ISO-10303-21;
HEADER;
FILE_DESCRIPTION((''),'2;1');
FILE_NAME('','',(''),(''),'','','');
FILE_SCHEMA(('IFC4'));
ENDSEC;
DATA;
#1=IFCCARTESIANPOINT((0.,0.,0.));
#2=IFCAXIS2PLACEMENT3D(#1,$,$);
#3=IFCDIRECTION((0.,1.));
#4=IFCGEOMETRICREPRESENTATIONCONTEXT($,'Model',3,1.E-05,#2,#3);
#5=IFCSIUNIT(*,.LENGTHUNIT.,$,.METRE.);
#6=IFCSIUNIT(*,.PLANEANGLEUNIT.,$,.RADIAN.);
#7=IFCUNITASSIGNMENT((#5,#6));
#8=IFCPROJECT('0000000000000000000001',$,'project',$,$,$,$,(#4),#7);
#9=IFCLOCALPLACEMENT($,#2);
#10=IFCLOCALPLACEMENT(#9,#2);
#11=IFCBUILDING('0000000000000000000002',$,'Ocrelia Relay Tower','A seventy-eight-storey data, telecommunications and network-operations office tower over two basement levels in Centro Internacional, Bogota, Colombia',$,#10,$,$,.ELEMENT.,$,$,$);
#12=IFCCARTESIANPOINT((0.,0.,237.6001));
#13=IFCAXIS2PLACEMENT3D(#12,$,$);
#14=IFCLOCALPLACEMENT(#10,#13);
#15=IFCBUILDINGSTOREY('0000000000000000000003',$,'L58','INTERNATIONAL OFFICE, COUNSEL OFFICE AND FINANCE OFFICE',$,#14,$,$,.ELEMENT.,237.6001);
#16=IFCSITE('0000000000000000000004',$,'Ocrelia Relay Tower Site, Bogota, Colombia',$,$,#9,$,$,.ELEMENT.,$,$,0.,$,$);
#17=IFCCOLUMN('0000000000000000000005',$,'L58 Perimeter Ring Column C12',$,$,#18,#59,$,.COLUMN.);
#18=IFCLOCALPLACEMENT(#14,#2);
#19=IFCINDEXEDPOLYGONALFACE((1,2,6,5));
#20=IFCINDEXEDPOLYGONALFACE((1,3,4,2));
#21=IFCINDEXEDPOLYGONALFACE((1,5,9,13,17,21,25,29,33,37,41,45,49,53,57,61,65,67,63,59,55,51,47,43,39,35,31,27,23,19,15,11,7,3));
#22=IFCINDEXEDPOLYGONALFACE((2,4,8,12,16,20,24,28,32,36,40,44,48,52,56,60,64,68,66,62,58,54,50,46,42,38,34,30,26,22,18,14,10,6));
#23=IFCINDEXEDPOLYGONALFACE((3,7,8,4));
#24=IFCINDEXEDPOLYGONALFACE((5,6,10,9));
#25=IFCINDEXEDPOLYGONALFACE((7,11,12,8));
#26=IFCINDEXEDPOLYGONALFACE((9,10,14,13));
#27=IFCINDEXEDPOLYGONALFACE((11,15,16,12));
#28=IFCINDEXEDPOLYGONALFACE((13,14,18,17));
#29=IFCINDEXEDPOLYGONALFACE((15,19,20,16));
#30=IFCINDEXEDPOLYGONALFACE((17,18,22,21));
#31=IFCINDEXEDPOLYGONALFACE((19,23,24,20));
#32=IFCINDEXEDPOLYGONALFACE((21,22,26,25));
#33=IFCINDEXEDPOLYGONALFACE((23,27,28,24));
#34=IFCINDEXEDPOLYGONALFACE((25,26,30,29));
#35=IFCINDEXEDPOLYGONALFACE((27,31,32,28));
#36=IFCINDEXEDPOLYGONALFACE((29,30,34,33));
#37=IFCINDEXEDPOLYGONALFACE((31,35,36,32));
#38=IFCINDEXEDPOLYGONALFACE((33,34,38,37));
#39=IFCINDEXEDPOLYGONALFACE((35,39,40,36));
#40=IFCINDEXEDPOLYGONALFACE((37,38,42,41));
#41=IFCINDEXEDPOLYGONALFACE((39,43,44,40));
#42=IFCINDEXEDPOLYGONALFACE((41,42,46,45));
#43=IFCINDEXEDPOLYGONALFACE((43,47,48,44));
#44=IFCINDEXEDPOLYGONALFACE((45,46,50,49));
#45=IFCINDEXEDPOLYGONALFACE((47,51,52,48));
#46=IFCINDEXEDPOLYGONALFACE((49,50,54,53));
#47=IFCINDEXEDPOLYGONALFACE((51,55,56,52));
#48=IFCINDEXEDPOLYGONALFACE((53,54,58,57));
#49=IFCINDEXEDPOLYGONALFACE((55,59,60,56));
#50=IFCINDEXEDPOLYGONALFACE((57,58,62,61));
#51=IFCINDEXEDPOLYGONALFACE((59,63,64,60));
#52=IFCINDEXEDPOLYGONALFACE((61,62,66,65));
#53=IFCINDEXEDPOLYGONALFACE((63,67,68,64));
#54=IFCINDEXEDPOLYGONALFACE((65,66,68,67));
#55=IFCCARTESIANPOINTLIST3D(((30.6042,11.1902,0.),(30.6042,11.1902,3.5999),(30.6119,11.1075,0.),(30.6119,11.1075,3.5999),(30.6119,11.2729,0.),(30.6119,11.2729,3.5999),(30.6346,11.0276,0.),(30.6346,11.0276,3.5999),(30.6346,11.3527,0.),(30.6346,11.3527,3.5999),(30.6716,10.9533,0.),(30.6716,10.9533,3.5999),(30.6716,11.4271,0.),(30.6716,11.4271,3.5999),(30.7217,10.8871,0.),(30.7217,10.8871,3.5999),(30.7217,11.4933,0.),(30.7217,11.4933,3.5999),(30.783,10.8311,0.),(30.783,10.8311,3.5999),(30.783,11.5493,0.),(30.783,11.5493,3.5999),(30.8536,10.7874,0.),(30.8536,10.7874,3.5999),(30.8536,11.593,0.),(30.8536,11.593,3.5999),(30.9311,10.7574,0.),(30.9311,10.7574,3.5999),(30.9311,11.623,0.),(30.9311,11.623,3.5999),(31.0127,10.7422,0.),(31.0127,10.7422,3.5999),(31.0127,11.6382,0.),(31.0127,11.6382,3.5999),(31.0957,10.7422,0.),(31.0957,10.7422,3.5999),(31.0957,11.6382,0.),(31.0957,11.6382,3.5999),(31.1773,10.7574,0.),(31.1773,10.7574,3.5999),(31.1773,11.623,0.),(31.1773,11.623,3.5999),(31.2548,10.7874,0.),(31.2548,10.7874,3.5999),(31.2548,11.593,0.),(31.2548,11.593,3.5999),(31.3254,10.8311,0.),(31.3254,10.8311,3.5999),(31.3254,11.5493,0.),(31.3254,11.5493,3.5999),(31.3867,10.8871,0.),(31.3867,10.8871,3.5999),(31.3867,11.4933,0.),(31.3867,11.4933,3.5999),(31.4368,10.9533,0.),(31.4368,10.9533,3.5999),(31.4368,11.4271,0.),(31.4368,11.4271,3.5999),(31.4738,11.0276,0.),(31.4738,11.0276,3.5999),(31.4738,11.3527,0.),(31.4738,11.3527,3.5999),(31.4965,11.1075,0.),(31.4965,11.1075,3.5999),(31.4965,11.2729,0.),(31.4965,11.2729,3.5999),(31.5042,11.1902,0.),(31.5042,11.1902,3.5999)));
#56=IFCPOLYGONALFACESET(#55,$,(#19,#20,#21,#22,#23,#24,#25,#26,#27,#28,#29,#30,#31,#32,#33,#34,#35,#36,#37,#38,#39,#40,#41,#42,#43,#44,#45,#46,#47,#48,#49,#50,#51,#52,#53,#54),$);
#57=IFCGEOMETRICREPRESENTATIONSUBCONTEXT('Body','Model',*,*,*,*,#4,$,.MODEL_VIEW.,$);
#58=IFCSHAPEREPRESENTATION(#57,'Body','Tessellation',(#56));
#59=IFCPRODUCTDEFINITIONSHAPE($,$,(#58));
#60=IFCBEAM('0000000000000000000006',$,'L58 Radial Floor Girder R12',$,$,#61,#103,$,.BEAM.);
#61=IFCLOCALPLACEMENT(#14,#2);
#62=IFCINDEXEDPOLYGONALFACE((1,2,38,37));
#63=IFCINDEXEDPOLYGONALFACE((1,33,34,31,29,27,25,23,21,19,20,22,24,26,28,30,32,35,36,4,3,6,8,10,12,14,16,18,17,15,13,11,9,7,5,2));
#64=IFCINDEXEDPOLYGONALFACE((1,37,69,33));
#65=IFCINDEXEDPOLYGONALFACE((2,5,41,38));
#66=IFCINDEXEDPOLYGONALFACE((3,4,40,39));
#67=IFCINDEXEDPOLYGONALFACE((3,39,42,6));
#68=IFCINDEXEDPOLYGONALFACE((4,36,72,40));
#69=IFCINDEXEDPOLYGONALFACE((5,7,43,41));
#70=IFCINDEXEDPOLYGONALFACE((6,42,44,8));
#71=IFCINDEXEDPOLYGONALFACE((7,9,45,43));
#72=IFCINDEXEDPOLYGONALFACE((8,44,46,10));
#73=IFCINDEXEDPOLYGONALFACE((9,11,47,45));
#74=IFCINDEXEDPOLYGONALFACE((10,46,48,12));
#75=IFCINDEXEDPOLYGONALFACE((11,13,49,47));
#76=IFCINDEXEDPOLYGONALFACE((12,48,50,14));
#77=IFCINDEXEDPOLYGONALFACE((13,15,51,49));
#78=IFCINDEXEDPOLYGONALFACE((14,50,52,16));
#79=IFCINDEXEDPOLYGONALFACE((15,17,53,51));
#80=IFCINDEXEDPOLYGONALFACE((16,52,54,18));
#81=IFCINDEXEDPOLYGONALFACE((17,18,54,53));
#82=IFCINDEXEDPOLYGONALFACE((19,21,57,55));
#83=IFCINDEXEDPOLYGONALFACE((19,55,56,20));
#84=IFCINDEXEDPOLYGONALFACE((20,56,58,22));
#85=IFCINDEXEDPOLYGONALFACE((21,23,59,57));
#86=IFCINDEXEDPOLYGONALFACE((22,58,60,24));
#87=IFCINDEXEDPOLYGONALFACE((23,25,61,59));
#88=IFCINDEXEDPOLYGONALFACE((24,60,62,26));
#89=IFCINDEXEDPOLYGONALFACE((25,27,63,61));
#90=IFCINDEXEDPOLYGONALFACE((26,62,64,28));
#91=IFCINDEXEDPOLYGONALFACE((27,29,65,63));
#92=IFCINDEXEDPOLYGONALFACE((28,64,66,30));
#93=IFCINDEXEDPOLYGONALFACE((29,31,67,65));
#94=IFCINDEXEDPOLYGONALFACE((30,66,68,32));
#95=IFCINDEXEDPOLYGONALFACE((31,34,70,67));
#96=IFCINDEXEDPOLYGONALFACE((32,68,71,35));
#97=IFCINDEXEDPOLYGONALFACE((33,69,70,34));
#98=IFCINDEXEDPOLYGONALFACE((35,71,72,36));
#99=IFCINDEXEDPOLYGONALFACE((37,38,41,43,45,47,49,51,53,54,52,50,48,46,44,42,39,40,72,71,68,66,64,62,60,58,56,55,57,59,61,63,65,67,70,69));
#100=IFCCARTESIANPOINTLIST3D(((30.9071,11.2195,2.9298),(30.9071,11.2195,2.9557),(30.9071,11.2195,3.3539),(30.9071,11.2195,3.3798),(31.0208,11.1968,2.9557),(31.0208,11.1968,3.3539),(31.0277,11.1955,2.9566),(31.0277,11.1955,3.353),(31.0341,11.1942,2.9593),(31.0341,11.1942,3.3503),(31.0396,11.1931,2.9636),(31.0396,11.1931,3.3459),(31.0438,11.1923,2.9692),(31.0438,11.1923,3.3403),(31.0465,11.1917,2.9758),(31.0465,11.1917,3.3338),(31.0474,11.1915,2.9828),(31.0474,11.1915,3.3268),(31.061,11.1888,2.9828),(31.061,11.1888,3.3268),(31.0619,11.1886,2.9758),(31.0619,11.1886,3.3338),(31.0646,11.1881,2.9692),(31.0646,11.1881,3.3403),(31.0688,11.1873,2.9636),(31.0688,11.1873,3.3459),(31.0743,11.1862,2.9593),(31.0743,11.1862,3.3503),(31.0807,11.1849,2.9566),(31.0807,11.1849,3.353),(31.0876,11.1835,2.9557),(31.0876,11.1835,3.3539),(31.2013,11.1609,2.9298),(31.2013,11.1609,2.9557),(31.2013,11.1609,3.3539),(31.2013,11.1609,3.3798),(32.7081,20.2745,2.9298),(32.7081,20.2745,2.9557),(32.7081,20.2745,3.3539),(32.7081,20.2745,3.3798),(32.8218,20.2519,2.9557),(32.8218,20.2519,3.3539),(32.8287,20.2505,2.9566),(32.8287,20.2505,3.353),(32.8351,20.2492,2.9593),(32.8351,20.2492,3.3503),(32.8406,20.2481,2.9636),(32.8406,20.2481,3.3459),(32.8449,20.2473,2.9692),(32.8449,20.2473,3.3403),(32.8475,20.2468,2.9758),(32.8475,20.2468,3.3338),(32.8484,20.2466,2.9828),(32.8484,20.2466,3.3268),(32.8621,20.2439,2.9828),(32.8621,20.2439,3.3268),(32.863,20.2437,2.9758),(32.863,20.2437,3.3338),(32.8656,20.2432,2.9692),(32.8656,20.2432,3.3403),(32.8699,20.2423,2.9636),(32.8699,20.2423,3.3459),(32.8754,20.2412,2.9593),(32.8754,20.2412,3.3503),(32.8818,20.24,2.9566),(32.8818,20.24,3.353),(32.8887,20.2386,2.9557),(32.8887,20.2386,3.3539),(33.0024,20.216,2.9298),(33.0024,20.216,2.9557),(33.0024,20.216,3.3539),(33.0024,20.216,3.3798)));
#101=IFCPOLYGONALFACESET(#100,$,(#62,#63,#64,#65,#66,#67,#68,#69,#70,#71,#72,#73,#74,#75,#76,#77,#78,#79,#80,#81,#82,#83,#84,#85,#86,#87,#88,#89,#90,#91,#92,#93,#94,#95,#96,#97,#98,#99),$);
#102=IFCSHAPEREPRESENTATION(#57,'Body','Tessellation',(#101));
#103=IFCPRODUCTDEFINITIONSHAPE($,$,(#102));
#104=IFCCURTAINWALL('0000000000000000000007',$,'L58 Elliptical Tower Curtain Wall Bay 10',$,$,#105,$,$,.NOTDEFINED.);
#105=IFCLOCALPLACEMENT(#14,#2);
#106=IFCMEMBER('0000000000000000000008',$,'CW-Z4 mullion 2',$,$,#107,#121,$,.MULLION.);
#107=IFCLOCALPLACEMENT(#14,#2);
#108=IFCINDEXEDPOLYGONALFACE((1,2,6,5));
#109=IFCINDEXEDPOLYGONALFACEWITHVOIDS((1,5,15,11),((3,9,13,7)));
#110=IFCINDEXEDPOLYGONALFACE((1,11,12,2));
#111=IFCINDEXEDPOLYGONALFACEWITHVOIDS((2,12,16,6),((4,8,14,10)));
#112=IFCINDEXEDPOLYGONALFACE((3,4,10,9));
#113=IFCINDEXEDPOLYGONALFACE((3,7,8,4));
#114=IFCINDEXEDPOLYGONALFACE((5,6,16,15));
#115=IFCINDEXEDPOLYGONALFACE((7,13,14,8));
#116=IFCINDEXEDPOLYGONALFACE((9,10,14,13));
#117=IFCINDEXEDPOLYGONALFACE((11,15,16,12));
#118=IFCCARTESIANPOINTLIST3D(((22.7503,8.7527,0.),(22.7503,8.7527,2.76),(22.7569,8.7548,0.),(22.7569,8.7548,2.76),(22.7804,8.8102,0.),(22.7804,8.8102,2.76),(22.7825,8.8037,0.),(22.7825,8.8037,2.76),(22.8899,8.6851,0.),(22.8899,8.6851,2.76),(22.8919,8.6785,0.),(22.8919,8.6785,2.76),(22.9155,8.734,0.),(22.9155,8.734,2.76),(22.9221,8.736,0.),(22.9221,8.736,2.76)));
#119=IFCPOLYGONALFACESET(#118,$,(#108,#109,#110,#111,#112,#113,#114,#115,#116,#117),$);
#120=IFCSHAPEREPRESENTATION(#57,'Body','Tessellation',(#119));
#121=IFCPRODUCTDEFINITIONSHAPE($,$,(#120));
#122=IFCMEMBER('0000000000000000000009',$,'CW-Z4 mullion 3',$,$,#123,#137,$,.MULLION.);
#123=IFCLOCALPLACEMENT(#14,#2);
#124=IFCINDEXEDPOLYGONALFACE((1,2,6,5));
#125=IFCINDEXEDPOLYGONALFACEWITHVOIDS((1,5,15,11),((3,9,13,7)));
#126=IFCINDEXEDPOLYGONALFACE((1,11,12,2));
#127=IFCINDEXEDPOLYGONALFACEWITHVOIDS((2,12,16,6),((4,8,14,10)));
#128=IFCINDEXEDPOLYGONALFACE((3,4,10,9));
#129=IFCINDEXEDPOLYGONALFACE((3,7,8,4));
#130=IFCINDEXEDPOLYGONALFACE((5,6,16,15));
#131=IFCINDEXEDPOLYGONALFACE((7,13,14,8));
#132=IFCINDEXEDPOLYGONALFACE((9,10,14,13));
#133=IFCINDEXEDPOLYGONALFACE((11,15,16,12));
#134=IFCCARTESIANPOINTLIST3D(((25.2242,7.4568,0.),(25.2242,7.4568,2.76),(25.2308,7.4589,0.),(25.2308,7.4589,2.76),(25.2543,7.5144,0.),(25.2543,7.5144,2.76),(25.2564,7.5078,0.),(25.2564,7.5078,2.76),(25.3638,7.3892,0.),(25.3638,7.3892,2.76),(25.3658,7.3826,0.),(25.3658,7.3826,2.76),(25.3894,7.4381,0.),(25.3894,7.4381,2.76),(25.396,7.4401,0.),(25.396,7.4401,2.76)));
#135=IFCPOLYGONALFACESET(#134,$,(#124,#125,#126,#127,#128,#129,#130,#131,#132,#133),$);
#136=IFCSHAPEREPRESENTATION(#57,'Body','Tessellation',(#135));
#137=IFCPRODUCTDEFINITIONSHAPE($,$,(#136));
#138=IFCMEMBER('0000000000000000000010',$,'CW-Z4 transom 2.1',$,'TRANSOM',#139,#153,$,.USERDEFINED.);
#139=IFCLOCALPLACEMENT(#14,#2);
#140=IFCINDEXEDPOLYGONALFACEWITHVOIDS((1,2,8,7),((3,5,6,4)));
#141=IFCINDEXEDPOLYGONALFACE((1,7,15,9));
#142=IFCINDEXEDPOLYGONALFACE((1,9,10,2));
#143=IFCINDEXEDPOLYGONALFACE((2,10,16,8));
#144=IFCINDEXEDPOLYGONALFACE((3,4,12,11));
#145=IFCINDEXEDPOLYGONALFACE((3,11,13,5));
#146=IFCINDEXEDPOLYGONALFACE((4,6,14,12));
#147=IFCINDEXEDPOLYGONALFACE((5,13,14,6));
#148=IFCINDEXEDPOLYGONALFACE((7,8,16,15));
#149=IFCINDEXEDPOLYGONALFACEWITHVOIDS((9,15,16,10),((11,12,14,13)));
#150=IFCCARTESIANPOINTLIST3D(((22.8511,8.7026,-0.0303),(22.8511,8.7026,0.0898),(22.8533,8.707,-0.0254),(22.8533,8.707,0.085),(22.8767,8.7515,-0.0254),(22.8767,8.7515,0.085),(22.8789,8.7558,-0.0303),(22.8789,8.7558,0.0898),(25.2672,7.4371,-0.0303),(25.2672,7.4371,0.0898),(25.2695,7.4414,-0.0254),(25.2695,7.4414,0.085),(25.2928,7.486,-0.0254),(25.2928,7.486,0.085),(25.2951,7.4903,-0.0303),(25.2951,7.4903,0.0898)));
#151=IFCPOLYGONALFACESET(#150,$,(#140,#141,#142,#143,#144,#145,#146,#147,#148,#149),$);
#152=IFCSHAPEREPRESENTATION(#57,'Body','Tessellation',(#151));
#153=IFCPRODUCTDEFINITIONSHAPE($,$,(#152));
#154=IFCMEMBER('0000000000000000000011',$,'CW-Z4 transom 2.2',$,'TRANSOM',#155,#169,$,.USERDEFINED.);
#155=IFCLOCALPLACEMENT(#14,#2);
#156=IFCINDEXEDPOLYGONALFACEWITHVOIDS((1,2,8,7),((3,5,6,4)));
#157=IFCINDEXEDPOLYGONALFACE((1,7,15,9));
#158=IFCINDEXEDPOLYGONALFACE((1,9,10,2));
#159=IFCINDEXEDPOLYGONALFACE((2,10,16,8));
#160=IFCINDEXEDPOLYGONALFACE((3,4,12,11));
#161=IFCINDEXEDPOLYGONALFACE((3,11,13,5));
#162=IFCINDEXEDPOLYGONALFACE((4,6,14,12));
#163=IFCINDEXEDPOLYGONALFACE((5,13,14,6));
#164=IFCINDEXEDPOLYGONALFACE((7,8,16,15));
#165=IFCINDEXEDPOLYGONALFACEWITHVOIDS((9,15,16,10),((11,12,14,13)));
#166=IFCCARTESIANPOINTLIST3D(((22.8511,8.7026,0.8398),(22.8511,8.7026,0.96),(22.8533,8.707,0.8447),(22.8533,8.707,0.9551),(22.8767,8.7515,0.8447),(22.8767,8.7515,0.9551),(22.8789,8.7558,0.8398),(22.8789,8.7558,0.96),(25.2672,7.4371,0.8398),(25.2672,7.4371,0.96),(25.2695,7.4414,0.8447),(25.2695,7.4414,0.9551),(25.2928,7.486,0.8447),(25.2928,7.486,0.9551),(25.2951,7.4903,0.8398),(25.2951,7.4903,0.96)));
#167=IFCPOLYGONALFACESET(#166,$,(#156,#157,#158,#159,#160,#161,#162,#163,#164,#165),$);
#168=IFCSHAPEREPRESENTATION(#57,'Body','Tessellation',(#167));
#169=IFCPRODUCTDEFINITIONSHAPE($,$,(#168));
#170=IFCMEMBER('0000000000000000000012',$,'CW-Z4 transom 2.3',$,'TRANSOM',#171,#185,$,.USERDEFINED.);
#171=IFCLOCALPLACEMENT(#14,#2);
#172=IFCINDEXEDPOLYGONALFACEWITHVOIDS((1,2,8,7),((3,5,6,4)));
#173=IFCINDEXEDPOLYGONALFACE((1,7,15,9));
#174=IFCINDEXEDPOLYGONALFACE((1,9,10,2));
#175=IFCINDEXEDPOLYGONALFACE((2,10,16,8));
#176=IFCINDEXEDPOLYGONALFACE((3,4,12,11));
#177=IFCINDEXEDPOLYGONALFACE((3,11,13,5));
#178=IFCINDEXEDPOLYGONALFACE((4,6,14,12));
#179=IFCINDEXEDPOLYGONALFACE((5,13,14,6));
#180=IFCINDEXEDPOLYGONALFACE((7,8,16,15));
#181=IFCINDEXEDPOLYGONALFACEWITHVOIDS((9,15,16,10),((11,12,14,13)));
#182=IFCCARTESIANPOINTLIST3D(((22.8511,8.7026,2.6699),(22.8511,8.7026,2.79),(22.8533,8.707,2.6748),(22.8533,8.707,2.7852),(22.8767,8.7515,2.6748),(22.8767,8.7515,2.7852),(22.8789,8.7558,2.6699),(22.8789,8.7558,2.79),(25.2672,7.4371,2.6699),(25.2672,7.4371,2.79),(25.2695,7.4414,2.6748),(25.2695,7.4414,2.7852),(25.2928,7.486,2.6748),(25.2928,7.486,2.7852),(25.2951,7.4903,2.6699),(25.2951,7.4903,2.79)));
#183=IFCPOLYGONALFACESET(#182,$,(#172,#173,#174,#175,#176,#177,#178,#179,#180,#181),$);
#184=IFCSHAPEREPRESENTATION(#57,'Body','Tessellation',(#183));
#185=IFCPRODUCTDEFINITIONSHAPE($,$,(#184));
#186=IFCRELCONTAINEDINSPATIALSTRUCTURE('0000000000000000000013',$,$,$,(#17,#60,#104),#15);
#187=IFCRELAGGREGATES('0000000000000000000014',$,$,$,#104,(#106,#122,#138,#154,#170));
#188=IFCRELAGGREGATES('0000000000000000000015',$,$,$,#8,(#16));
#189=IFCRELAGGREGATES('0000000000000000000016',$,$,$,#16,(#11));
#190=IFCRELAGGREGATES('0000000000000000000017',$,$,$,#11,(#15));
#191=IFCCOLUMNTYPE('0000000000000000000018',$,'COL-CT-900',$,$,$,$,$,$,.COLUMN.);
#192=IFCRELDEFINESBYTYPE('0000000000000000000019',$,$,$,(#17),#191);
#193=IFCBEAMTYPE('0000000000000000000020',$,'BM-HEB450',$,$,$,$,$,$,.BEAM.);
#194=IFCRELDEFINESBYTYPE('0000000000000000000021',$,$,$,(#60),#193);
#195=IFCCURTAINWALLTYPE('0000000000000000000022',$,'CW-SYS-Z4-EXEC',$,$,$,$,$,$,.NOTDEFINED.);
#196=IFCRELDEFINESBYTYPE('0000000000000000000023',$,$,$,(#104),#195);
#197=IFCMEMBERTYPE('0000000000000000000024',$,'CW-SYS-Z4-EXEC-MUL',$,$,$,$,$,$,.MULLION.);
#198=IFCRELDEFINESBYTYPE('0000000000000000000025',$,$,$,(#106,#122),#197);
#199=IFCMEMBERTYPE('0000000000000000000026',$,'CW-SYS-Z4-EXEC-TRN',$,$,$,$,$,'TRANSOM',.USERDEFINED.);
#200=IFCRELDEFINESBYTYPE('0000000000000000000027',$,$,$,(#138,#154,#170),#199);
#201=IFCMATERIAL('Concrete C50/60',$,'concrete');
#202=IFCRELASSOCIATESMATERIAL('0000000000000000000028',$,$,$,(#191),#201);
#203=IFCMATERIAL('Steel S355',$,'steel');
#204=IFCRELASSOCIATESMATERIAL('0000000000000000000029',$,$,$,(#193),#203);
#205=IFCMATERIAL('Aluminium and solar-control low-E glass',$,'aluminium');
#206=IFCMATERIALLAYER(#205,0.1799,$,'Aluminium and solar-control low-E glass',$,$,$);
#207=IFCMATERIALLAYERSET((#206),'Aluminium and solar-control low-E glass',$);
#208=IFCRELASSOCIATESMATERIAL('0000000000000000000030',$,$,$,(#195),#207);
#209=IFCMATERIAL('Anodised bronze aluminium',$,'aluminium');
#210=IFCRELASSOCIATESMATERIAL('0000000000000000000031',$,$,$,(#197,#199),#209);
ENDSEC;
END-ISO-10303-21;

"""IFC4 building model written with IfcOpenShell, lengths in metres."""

from ifc_helpers import new_model, si_unit, direction, frame, origin, origin_2d, place, context, subcontext, project, spatial, hollow_rectangle, circle, i_section, extrude, material, layer, layer_set, material_profile, profile_set, type_object, element, aggregate, save


model = new_model("IFC4")

# Units and contexts
model_context = context("Model", 3, precision=1e-05, world=origin(), true_north=direction((0.0, 1.0)))
body_context = subcontext(model_context, "Body", "Model", "MODEL_VIEW")
ifc_project = project(units=[si_unit("LENGTHUNIT", "METRE"), si_unit("PLANEANGLEUNIT", "RADIAN")], contexts=[model_context])

# Site, building, storey
site_placement = place(None, origin())
site = spatial("IfcSite", under=ifc_project, at=site_placement, Name="Ocrelia Relay Tower Site, Bogota, Colombia", CompositionType="ELEMENT", RefElevation=0.0)
building_placement = place(site_placement, origin())
building = spatial("IfcBuilding", under=site, at=building_placement, Name="Ocrelia Relay Tower", Description="A seventy-eight-storey data, telecommunications and network-operations office tower over two basement levels in Centro Internacional, Bogota, Colombia", CompositionType="ELEMENT")
storey_placement = place(building_placement, frame((0.0, 0.0, 237.6001)))
storey = spatial("IfcBuildingStorey", under=building, at=storey_placement, Name="L58", Description="INTERNATIONAL OFFICE, COUNSEL OFFICE AND FINANCE OFFICE", CompositionType="ELEMENT", Elevation=237.6001)

# Column
ifc_material_1 = material(Name="Concrete C50/60", Category="concrete")
ifc_material_profile_1 = material_profile(ifc_material_1, circle(Radius=0.45, at=origin_2d()), Name="RC-CIR-900")
ifc_profile_set_1 = profile_set([ifc_material_profile_1], Name="Concrete C50/60")
column_type = type_object("IfcColumnType", Name="COL-CT-900", PredefinedType="COLUMN", material=ifc_profile_set_1)
column_placement = place(storey_placement, frame((31.0542, 11.1902, 0.0), z_axis=(0.0, 0.0, 1.0), x_axis=(1.0, 0.0, 0.0)))
element("IfcColumn", 1, at=column_placement, inside=storey, type_object=column_type, Name="L58 Perimeter Ring Column C12", PredefinedType="COLUMN", context=body_context, shape_type="SweptSolid", body=[
    extrude(circle(Radius=0.45, at=origin_2d()), origin(), (0.0, 0.0, 1.0), 3.5999),
])

# Beam
ifc_material_2 = material(Name="Steel S355", Category="steel")
ifc_material_profile_2 = material_profile(ifc_material_2, i_section(OverallWidth=0.3, OverallDepth=0.45, WebThickness=0.0139, FlangeThickness=0.0259, FilletRadius=0.0271, at=origin_2d()), Name="HEB 450")
ifc_profile_set_2 = profile_set([ifc_material_profile_2], Name="Steel S355")
beam_type = type_object("IfcBeamType", Name="BM-HEB450", PredefinedType="BEAM", material=ifc_profile_set_2)
beam_placement = place(storey_placement, frame((31.0542, 11.1902, 3.1548), z_axis=(0.195079, 0.980788, 0.0), x_axis=(-0.980788, 0.195079, 0.0)))
element("IfcBeam", 2, at=beam_placement, inside=storey, type_object=beam_type, Name="L58 Radial Floor Girder R12", PredefinedType="BEAM", context=body_context, shape_type="SweptSolid", body=[
    extrude(i_section(OverallWidth=0.3, OverallDepth=0.45, WebThickness=0.0139, FlangeThickness=0.0259, FilletRadius=0.0271, at=origin_2d()), origin(), (0.0, 0.0, 1.0), 9.2324),
])

# Curtain wall, members
ifc_material_3 = material(Name="Aluminium and solar-control low-E glass", Category="aluminium")
ifc_layer_1 = layer(ifc_material_3, 0.1799, Name="Aluminium and solar-control low-E glass")
ifc_layer_set_1 = layer_set([ifc_layer_1], Name="Aluminium and solar-control low-E glass")
curtain_wall_type = type_object("IfcCurtainWallType", Name="CW-SYS-Z4-EXEC", PredefinedType="NOTDEFINED", material=ifc_layer_set_1)
curtain_wall_placement = place(storey_placement, origin())
curtain_wall = element("IfcCurtainWall", 3, at=curtain_wall_placement, inside=storey, type_object=curtain_wall_type, Name="L58 Elliptical Tower Curtain Wall Bay 10", PredefinedType="NOTDEFINED")
ifc_material_4 = material(Name="Anodised bronze aluminium", Category="aluminium")
ifc_material_profile_3 = material_profile(ifc_material_4, hollow_rectangle(XDim=0.0649, YDim=0.1599, WallThickness=0.0049, at=origin_2d()), Name="CW-MUL-160x65")
ifc_profile_set_3 = profile_set([ifc_material_profile_3], Name="Anodised bronze aluminium")
member_type_1 = type_object("IfcMemberType", Name="CW-SYS-Z4-EXEC-MUL", PredefinedType="MULLION", material=ifc_profile_set_3)
member_1_placement = place(storey_placement, frame((22.8362, 8.7444, 0.0), z_axis=(0.0, 0.0, 1.0), x_axis=(0.464025, 0.885822, 0.0)))
member_1 = element("IfcMember", 4, at=member_1_placement, type_object=member_type_1, Name="CW-Z4 mullion 2", PredefinedType="MULLION", context=body_context, shape_type="SweptSolid", body=[
    extrude(hollow_rectangle(XDim=0.0649, YDim=0.1599, WallThickness=0.0049, at=origin_2d()), origin(), (0.0, 0.0, 1.0), 2.76),
])
member_2_placement = place(storey_placement, frame((25.3101, 7.4485, 0.0), z_axis=(0.0, 0.0, 1.0), x_axis=(0.464025, 0.885822, 0.0)))
member_2 = element("IfcMember", 5, at=member_2_placement, type_object=member_type_1, Name="CW-Z4 mullion 3", PredefinedType="MULLION", context=body_context, shape_type="SweptSolid", body=[
    extrude(hollow_rectangle(XDim=0.0649, YDim=0.1599, WallThickness=0.0049, at=origin_2d()), origin(), (0.0, 0.0, 1.0), 2.76),
])
ifc_material_profile_4 = material_profile(ifc_material_4, hollow_rectangle(XDim=0.0601, YDim=0.1201, WallThickness=0.0049, at=origin_2d()), Name="CW-TRN-120x60")
ifc_profile_set_4 = profile_set([ifc_material_profile_4], Name="Anodised bronze aluminium")
member_type_2 = type_object("IfcMemberType", Name="CW-SYS-Z4-EXEC-TRN", ElementType="TRANSOM", PredefinedType="USERDEFINED", material=ifc_profile_set_4)
member_3_placement = place(storey_placement, frame((22.865, 8.7292, 0.0298), z_axis=(0.885837, -0.463997, 0.0), x_axis=(0.463997, 0.885837, 0.0)))
member_3 = element("IfcMember", 6, at=member_3_placement, type_object=member_type_2, Name="CW-Z4 transom 2.1", ObjectType="TRANSOM", PredefinedType="USERDEFINED", context=body_context, shape_type="SweptSolid", body=[
    extrude(hollow_rectangle(XDim=0.0601, YDim=0.1201, WallThickness=0.0049, at=origin_2d()), origin(), (0.0, 0.0, 1.0), 2.7275),
])
member_4_placement = place(storey_placement, frame((22.865, 8.7292, 0.8999), z_axis=(0.885837, -0.463997, 0.0), x_axis=(0.463997, 0.885837, 0.0)))
member_4 = element("IfcMember", 7, at=member_4_placement, type_object=member_type_2, Name="CW-Z4 transom 2.2", ObjectType="TRANSOM", PredefinedType="USERDEFINED", context=body_context, shape_type="SweptSolid", body=[
    extrude(hollow_rectangle(XDim=0.0601, YDim=0.1201, WallThickness=0.0049, at=origin_2d()), origin(), (0.0, 0.0, 1.0), 2.7275),
])
member_5_placement = place(storey_placement, frame((22.865, 8.7292, 2.73), z_axis=(0.885837, -0.463997, 0.0), x_axis=(0.463997, 0.885837, 0.0)))
member_5 = element("IfcMember", 8, at=member_5_placement, type_object=member_type_2, Name="CW-Z4 transom 2.3", ObjectType="TRANSOM", PredefinedType="USERDEFINED", context=body_context, shape_type="SweptSolid", body=[
    extrude(hollow_rectangle(XDim=0.0601, YDim=0.1201, WallThickness=0.0049, at=origin_2d()), origin(), (0.0, 0.0, 1.0), 2.7275),
])
aggregate(curtain_wall, [member_1, member_2, member_3, member_4, member_5])

save(model, "model.ifc")
